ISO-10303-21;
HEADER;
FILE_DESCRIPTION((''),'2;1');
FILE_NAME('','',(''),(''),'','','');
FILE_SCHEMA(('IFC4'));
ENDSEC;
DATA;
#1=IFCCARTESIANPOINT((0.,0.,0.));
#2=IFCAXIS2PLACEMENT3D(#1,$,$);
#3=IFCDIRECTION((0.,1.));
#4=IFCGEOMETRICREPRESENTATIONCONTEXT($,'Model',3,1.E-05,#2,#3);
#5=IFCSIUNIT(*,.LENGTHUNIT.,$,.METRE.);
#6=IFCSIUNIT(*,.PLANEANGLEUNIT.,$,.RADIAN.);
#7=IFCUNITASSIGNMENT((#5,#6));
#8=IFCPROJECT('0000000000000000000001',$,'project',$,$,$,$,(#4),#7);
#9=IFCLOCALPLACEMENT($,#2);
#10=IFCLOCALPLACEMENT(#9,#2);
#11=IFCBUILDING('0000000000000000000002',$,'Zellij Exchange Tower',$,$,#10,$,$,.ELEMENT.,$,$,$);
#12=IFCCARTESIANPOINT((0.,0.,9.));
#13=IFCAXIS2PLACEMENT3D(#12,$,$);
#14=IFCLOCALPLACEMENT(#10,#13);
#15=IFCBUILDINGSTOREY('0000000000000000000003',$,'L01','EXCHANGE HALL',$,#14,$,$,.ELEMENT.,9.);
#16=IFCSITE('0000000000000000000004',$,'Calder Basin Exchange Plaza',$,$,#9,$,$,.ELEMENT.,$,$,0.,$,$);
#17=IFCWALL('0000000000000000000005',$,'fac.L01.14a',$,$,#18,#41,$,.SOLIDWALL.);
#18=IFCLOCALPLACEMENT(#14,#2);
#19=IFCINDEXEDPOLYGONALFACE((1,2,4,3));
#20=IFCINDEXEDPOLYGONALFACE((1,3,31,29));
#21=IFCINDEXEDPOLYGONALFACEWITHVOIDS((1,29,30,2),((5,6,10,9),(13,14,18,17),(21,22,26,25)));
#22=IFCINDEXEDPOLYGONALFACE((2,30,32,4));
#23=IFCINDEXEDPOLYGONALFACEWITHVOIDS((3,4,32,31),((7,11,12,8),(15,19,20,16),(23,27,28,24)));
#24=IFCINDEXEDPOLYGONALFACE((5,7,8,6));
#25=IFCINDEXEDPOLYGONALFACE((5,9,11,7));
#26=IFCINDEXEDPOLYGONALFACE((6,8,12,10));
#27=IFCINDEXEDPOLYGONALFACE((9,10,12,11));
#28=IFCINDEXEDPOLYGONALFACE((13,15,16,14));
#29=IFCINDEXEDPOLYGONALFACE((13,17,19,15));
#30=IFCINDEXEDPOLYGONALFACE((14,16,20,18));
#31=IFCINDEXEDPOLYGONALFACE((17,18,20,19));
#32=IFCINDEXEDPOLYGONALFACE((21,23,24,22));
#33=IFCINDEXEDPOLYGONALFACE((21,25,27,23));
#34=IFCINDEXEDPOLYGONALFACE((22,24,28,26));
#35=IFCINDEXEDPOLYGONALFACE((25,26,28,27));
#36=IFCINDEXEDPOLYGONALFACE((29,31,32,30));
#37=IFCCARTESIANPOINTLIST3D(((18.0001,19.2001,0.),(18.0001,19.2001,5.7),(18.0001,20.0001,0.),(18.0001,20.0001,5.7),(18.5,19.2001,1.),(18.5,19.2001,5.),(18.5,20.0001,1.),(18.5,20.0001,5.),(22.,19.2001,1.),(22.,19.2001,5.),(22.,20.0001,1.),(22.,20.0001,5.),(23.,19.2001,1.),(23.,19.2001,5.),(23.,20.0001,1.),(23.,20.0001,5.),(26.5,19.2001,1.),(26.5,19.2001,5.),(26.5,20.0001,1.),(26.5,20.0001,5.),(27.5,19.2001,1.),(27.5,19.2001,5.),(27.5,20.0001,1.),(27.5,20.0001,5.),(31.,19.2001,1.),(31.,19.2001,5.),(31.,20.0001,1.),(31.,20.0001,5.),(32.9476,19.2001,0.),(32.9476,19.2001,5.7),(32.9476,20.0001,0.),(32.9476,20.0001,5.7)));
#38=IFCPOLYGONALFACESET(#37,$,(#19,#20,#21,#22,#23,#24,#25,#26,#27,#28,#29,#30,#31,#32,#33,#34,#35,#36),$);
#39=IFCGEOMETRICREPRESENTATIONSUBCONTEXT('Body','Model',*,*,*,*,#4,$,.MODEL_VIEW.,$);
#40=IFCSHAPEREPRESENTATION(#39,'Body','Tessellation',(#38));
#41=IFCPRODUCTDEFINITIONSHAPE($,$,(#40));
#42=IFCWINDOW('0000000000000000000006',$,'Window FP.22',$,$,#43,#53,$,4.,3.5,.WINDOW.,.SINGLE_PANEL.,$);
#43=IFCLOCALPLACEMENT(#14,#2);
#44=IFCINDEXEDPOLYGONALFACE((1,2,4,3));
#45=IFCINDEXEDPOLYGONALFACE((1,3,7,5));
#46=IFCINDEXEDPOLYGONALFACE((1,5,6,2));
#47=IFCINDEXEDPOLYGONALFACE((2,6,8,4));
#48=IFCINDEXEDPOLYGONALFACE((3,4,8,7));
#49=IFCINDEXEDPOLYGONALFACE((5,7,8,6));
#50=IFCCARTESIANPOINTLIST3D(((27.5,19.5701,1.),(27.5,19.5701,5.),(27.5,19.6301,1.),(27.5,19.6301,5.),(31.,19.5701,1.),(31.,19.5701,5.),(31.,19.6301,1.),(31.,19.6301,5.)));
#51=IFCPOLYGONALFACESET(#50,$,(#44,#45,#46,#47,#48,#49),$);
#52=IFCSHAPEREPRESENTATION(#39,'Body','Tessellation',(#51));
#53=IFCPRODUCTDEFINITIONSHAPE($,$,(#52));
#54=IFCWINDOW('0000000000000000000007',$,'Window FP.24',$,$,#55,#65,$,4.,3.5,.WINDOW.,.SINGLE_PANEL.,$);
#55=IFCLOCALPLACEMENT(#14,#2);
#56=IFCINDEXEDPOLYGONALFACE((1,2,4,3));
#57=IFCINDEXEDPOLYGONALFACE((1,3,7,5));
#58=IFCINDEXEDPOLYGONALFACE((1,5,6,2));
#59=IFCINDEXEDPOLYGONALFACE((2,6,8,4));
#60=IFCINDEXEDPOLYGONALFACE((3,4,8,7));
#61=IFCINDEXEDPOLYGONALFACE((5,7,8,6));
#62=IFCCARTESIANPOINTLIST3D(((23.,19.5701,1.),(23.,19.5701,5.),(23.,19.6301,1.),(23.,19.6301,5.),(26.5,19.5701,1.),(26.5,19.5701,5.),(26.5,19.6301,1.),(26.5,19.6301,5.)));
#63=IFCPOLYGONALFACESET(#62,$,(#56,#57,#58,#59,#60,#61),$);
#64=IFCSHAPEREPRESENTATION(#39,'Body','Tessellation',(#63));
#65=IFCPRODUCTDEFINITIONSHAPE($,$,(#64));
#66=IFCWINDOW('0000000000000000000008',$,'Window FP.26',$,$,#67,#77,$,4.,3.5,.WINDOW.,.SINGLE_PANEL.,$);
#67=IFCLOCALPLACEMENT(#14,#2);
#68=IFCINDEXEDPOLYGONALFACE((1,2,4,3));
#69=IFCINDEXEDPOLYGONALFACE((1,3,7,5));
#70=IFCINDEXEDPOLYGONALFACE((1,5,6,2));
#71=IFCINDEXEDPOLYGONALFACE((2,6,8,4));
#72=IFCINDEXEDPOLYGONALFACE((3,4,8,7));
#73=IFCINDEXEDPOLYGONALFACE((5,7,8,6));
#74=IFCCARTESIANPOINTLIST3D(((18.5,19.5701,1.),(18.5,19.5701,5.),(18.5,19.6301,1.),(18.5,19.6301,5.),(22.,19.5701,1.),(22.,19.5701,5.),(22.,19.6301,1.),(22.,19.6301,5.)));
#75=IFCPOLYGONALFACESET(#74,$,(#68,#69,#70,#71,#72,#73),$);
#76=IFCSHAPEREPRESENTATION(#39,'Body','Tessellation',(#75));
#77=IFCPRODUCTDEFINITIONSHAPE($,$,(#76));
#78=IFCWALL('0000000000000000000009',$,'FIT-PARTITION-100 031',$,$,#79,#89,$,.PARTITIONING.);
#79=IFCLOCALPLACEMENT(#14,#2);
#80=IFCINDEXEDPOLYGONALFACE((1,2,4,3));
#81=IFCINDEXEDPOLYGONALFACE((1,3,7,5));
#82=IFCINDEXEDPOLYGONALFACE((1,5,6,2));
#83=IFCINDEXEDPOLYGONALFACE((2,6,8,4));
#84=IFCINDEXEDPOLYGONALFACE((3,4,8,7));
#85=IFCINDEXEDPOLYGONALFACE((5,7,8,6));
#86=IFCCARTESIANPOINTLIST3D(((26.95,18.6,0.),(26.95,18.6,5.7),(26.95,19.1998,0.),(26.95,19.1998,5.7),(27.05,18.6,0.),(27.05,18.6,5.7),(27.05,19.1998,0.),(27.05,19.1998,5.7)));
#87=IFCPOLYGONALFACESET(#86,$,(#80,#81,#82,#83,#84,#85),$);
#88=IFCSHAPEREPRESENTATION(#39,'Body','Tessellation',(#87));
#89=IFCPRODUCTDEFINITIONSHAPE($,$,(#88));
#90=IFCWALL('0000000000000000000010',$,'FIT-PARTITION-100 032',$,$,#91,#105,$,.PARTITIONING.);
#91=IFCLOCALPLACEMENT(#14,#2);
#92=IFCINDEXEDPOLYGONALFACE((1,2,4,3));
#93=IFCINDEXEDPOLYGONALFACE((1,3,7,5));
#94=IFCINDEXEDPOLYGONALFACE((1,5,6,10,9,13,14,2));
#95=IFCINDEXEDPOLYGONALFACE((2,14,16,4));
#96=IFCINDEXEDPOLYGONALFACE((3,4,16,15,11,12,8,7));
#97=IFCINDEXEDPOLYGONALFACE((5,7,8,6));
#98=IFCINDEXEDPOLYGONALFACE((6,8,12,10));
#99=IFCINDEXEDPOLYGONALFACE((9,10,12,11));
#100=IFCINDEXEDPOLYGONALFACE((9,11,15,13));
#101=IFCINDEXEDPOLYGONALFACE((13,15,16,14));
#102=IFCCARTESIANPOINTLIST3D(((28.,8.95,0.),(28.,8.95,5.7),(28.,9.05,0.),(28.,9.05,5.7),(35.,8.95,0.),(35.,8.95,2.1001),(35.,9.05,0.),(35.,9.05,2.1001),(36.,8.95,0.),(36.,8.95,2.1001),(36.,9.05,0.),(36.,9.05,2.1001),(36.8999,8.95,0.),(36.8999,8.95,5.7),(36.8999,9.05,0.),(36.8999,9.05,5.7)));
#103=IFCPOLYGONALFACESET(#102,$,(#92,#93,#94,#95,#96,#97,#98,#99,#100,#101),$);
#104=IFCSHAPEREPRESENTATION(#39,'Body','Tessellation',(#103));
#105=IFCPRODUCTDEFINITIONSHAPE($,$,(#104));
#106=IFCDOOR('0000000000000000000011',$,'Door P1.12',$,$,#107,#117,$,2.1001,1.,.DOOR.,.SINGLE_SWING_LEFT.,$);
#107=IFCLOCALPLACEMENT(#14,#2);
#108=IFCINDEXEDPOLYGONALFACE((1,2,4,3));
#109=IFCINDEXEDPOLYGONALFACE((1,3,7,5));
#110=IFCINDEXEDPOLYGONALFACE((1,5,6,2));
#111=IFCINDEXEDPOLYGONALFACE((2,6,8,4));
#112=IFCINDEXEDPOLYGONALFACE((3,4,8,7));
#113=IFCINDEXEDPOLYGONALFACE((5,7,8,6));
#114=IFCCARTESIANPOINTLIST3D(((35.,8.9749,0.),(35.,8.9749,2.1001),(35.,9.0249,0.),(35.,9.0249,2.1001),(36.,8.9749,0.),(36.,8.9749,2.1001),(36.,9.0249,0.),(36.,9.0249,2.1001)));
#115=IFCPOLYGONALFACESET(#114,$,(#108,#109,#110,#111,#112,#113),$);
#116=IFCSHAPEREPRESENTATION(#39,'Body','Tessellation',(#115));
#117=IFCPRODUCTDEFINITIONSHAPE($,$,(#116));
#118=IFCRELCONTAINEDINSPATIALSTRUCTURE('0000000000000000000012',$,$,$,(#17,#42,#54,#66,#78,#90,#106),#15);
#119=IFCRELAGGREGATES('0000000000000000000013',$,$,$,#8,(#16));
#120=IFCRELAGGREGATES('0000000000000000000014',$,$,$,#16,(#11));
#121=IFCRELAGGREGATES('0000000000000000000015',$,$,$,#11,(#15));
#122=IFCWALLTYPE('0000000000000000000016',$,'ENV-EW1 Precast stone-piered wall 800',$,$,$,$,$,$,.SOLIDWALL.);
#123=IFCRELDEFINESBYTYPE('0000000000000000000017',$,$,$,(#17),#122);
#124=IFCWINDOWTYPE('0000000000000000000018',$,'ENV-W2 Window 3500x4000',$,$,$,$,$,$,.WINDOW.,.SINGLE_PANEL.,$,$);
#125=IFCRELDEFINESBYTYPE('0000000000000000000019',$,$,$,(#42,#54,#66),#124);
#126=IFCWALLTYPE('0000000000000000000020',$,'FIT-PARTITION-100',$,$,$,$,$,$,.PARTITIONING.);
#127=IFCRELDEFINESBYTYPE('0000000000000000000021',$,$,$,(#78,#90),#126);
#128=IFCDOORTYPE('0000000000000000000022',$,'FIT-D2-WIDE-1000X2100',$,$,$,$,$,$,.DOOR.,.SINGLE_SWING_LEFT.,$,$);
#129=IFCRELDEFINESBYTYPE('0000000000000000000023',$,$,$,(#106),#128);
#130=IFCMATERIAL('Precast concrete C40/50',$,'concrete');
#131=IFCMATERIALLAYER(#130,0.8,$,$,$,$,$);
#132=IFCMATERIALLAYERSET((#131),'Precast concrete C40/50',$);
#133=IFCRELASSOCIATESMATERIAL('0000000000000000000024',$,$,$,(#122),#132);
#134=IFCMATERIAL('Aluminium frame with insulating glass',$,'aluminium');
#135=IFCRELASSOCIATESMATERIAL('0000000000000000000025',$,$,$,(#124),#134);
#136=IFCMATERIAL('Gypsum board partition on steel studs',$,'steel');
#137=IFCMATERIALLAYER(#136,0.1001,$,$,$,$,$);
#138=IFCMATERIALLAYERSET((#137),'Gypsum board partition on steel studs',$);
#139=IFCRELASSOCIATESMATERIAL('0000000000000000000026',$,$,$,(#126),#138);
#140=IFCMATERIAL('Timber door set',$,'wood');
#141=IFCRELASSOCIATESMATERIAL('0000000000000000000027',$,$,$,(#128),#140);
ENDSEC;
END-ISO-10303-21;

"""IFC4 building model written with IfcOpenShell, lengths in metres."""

from ifc_helpers import new_model, si_unit, direction, frame, frame_2d, origin, place, context, subcontext, project, spatial, rectangle, extrude, material, layer, layer_set, type_object, element, fill, save


model = new_model("IFC4")

# Units and contexts
model_context = context("Model", 3, precision=1e-05, world=origin(), true_north=direction((0.0, 1.0)))
body_context = subcontext(model_context, "Body", "Model", "MODEL_VIEW")
ifc_project = project(units=[si_unit("LENGTHUNIT", "METRE"), si_unit("PLANEANGLEUNIT", "RADIAN")], contexts=[model_context])

# Site, building, storey
site_placement = place(None, origin())
site = spatial("IfcSite", under=ifc_project, at=site_placement, Name="Calder Basin Exchange Plaza", CompositionType="ELEMENT", RefElevation=0.0)
building_placement = place(site_placement, origin())
building = spatial("IfcBuilding", under=site, at=building_placement, Name="Zellij Exchange Tower", CompositionType="ELEMENT")
storey_placement = place(building_placement, frame((0.0, 0.0, 9.0)))
storey = spatial("IfcBuildingStorey", under=building, at=storey_placement, Name="L01", Description="EXCHANGE HALL", CompositionType="ELEMENT", Elevation=9.0)

# Shared definitions
ifc_material_1 = material(Name="Precast concrete C40/50", Category="concrete")
ifc_layer_1 = layer(ifc_material_1, 0.8)
ifc_layer_set_1 = layer_set([ifc_layer_1], Name="Precast concrete C40/50")
wall_type_1 = type_object("IfcWallType", Name="ENV-EW1 Precast stone-piered wall 800", PredefinedType="SOLIDWALL", material=ifc_layer_set_1)

# Wall, openings, windows
wall_1_placement = place(storey_placement, frame((32.9475, 19.6001, 0.0), z_axis=(0.0, 0.0, 1.0), x_axis=(-1.0, 0.0, 0.0)))
wall_1 = element("IfcWall", 1, at=wall_1_placement, inside=storey, type_object=wall_type_1, Name="fac.L01.14a", PredefinedType="SOLIDWALL", context=body_context, shape_type="SweptSolid", body=[
    extrude(rectangle(XDim=14.9475, YDim=0.8, at=frame_2d((7.4736, 0.0))), origin(), (0.0, 0.0, 1.0), 5.7),
])
opening_1_placement = place(wall_1_placement, frame((1.9475, 0.0, 1.0)))
opening_1 = element("IfcOpeningElement", 2, at=opening_1_placement, cuts=wall_1, PredefinedType="OPENING", context=body_context, shape_type="SweptSolid", body=[
    extrude(rectangle(XDim=3.5, YDim=4.0, at=frame_2d((1.75, 2.0))), frame((0.0, 0.4121, 0.0), z_axis=(0.0, -1.0, 0.0), x_axis=(1.0, 0.0, 0.0)), (0.0, 0.0, 1.0), 0.824),
])
opening_2_placement = place(wall_1_placement, frame((6.4475, 0.0, 1.0)))
opening_2 = element("IfcOpeningElement", 3, at=opening_2_placement, cuts=wall_1, PredefinedType="OPENING", context=body_context, shape_type="SweptSolid", body=[
    extrude(rectangle(XDim=3.5, YDim=4.0, at=frame_2d((1.75, 2.0))), frame((0.0, 0.4121, 0.0), z_axis=(0.0, -1.0, 0.0), x_axis=(1.0, 0.0, 0.0)), (0.0, 0.0, 1.0), 0.824),
])
opening_3_placement = place(wall_1_placement, frame((10.9475, 0.0, 1.0)))
opening_3 = element("IfcOpeningElement", 4, at=opening_3_placement, cuts=wall_1, PredefinedType="OPENING", context=body_context, shape_type="SweptSolid", body=[
    extrude(rectangle(XDim=3.5, YDim=4.0, at=frame_2d((1.75, 2.0))), frame((0.0, 0.4121, 0.0), z_axis=(0.0, -1.0, 0.0), x_axis=(1.0, 0.0, 0.0)), (0.0, 0.0, 1.0), 0.824),
])
ifc_material_2 = material(Name="Aluminium frame with insulating glass", Category="aluminium")
window_type = type_object("IfcWindowType", Name="ENV-W2 Window 3500x4000", PartitioningType="SINGLE_PANEL", PredefinedType="WINDOW", material=ifc_material_2)
window_1_placement = place(opening_1_placement, origin())
window_1 = element("IfcWindow", 5, at=window_1_placement, inside=storey, type_object=window_type, Name="Window FP.22", OverallHeight=4.0, OverallWidth=3.5, PartitioningType="SINGLE_PANEL", PredefinedType="WINDOW", context=body_context, shape_type="SweptSolid", body=[
    extrude(rectangle(XDim=3.5, YDim=4.0, at=frame_2d((1.75, 2.0))), frame((0.0, 0.03, 0.0), z_axis=(0.0, -1.0, 0.0), x_axis=(1.0, 0.0, 0.0)), (0.0, 0.0, 1.0), 0.0601),
])
fill(opening_1, window_1)
window_2_placement = place(opening_2_placement, origin())
window_2 = element("IfcWindow", 6, at=window_2_placement, inside=storey, type_object=window_type, Name="Window FP.24", OverallHeight=4.0, OverallWidth=3.5, PartitioningType="SINGLE_PANEL", PredefinedType="WINDOW", context=body_context, shape_type="SweptSolid", body=[
    extrude(rectangle(XDim=3.5, YDim=4.0, at=frame_2d((1.75, 2.0))), frame((0.0, 0.03, 0.0), z_axis=(0.0, -1.0, 0.0), x_axis=(1.0, 0.0, 0.0)), (0.0, 0.0, 1.0), 0.0601),
])
fill(opening_2, window_2)
window_3_placement = place(opening_3_placement, origin())
window_3 = element("IfcWindow", 7, at=window_3_placement, inside=storey, type_object=window_type, Name="Window FP.26", OverallHeight=4.0, OverallWidth=3.5, PartitioningType="SINGLE_PANEL", PredefinedType="WINDOW", context=body_context, shape_type="SweptSolid", body=[
    extrude(rectangle(XDim=3.5, YDim=4.0, at=frame_2d((1.75, 2.0))), frame((0.0, 0.03, 0.0), z_axis=(0.0, -1.0, 0.0), x_axis=(1.0, 0.0, 0.0)), (0.0, 0.0, 1.0), 0.0601),
])
fill(opening_3, window_3)

# Shared definitions
ifc_material_3 = material(Name="Gypsum board partition on steel studs", Category="steel")
ifc_layer_2 = layer(ifc_material_3, 0.1001)
ifc_layer_set_2 = layer_set([ifc_layer_2], Name="Gypsum board partition on steel studs")
wall_type_2 = type_object("IfcWallType", Name="FIT-PARTITION-100", PredefinedType="PARTITIONING", material=ifc_layer_set_2)
ifc_material_4 = material(Name="Timber door set", Category="wood")

# Wall
wall_2_placement = place(storey_placement, frame((27.0, 18.6001, 0.0), z_axis=(0.0, 0.0, 1.0), x_axis=(0.0, 1.0, 0.0)))
element("IfcWall", 8, at=wall_2_placement, inside=storey, type_object=wall_type_2, Name="FIT-PARTITION-100 031", PredefinedType="PARTITIONING", context=body_context, shape_type="SweptSolid", body=[
    extrude(rectangle(XDim=0.5999, YDim=0.1001, at=frame_2d((0.2998, 0.0))), origin(), (0.0, 0.0, 1.0), 5.7),
])

# Wall, opening, door
wall_3_placement = place(storey_placement, frame((28.0, 9.0, 0.0), z_axis=(0.0, 0.0, 1.0), x_axis=(1.0, 0.0, 0.0)))
wall_3 = element("IfcWall", 9, at=wall_3_placement, inside=storey, type_object=wall_type_2, Name="FIT-PARTITION-100 032", PredefinedType="PARTITIONING", context=body_context, shape_type="SweptSolid", body=[
    extrude(rectangle(XDim=8.8999, YDim=0.1001, at=frame_2d((4.45, 0.0))), origin(), (0.0, 0.0, 1.0), 5.7),
])
opening_4_placement = place(wall_3_placement, frame((7.0, 0.0, 0.0)))
opening_4 = element("IfcOpeningElement", 10, at=opening_4_placement, cuts=wall_3, PredefinedType="OPENING", context=body_context, shape_type="SweptSolid", body=[
    extrude(rectangle(XDim=1.0, YDim=2.1001, at=frame_2d((0.5, 1.05))), frame((0.0, 0.062, 0.0), z_axis=(0.0, -1.0, 0.0), x_axis=(1.0, 0.0, 0.0)), (0.0, 0.0, 1.0), 0.124),
])
door_type_1 = type_object("IfcDoorType", Name="FIT-D2-WIDE-1000X2100", OperationType="SINGLE_SWING_LEFT", PredefinedType="DOOR", material=ifc_material_4)
door_1_placement = place(opening_4_placement, origin())
door_1 = element("IfcDoor", 11, at=door_1_placement, inside=storey, type_object=door_type_1, Name="Door P1.12", OperationType="SINGLE_SWING_LEFT", OverallHeight=2.1001, OverallWidth=1.0, PredefinedType="DOOR", context=body_context, shape_type="SweptSolid", body=[
    extrude(rectangle(XDim=1.0, YDim=2.1001, at=frame_2d((0.5, 1.05))), frame((0.0, 0.0249, 0.0), z_axis=(0.0, -1.0, 0.0), x_axis=(1.0, 0.0, 0.0)), (0.0, 0.0, 1.0), 0.05),
])
fill(opening_4, door_1)

save(model, "model.ifc")
